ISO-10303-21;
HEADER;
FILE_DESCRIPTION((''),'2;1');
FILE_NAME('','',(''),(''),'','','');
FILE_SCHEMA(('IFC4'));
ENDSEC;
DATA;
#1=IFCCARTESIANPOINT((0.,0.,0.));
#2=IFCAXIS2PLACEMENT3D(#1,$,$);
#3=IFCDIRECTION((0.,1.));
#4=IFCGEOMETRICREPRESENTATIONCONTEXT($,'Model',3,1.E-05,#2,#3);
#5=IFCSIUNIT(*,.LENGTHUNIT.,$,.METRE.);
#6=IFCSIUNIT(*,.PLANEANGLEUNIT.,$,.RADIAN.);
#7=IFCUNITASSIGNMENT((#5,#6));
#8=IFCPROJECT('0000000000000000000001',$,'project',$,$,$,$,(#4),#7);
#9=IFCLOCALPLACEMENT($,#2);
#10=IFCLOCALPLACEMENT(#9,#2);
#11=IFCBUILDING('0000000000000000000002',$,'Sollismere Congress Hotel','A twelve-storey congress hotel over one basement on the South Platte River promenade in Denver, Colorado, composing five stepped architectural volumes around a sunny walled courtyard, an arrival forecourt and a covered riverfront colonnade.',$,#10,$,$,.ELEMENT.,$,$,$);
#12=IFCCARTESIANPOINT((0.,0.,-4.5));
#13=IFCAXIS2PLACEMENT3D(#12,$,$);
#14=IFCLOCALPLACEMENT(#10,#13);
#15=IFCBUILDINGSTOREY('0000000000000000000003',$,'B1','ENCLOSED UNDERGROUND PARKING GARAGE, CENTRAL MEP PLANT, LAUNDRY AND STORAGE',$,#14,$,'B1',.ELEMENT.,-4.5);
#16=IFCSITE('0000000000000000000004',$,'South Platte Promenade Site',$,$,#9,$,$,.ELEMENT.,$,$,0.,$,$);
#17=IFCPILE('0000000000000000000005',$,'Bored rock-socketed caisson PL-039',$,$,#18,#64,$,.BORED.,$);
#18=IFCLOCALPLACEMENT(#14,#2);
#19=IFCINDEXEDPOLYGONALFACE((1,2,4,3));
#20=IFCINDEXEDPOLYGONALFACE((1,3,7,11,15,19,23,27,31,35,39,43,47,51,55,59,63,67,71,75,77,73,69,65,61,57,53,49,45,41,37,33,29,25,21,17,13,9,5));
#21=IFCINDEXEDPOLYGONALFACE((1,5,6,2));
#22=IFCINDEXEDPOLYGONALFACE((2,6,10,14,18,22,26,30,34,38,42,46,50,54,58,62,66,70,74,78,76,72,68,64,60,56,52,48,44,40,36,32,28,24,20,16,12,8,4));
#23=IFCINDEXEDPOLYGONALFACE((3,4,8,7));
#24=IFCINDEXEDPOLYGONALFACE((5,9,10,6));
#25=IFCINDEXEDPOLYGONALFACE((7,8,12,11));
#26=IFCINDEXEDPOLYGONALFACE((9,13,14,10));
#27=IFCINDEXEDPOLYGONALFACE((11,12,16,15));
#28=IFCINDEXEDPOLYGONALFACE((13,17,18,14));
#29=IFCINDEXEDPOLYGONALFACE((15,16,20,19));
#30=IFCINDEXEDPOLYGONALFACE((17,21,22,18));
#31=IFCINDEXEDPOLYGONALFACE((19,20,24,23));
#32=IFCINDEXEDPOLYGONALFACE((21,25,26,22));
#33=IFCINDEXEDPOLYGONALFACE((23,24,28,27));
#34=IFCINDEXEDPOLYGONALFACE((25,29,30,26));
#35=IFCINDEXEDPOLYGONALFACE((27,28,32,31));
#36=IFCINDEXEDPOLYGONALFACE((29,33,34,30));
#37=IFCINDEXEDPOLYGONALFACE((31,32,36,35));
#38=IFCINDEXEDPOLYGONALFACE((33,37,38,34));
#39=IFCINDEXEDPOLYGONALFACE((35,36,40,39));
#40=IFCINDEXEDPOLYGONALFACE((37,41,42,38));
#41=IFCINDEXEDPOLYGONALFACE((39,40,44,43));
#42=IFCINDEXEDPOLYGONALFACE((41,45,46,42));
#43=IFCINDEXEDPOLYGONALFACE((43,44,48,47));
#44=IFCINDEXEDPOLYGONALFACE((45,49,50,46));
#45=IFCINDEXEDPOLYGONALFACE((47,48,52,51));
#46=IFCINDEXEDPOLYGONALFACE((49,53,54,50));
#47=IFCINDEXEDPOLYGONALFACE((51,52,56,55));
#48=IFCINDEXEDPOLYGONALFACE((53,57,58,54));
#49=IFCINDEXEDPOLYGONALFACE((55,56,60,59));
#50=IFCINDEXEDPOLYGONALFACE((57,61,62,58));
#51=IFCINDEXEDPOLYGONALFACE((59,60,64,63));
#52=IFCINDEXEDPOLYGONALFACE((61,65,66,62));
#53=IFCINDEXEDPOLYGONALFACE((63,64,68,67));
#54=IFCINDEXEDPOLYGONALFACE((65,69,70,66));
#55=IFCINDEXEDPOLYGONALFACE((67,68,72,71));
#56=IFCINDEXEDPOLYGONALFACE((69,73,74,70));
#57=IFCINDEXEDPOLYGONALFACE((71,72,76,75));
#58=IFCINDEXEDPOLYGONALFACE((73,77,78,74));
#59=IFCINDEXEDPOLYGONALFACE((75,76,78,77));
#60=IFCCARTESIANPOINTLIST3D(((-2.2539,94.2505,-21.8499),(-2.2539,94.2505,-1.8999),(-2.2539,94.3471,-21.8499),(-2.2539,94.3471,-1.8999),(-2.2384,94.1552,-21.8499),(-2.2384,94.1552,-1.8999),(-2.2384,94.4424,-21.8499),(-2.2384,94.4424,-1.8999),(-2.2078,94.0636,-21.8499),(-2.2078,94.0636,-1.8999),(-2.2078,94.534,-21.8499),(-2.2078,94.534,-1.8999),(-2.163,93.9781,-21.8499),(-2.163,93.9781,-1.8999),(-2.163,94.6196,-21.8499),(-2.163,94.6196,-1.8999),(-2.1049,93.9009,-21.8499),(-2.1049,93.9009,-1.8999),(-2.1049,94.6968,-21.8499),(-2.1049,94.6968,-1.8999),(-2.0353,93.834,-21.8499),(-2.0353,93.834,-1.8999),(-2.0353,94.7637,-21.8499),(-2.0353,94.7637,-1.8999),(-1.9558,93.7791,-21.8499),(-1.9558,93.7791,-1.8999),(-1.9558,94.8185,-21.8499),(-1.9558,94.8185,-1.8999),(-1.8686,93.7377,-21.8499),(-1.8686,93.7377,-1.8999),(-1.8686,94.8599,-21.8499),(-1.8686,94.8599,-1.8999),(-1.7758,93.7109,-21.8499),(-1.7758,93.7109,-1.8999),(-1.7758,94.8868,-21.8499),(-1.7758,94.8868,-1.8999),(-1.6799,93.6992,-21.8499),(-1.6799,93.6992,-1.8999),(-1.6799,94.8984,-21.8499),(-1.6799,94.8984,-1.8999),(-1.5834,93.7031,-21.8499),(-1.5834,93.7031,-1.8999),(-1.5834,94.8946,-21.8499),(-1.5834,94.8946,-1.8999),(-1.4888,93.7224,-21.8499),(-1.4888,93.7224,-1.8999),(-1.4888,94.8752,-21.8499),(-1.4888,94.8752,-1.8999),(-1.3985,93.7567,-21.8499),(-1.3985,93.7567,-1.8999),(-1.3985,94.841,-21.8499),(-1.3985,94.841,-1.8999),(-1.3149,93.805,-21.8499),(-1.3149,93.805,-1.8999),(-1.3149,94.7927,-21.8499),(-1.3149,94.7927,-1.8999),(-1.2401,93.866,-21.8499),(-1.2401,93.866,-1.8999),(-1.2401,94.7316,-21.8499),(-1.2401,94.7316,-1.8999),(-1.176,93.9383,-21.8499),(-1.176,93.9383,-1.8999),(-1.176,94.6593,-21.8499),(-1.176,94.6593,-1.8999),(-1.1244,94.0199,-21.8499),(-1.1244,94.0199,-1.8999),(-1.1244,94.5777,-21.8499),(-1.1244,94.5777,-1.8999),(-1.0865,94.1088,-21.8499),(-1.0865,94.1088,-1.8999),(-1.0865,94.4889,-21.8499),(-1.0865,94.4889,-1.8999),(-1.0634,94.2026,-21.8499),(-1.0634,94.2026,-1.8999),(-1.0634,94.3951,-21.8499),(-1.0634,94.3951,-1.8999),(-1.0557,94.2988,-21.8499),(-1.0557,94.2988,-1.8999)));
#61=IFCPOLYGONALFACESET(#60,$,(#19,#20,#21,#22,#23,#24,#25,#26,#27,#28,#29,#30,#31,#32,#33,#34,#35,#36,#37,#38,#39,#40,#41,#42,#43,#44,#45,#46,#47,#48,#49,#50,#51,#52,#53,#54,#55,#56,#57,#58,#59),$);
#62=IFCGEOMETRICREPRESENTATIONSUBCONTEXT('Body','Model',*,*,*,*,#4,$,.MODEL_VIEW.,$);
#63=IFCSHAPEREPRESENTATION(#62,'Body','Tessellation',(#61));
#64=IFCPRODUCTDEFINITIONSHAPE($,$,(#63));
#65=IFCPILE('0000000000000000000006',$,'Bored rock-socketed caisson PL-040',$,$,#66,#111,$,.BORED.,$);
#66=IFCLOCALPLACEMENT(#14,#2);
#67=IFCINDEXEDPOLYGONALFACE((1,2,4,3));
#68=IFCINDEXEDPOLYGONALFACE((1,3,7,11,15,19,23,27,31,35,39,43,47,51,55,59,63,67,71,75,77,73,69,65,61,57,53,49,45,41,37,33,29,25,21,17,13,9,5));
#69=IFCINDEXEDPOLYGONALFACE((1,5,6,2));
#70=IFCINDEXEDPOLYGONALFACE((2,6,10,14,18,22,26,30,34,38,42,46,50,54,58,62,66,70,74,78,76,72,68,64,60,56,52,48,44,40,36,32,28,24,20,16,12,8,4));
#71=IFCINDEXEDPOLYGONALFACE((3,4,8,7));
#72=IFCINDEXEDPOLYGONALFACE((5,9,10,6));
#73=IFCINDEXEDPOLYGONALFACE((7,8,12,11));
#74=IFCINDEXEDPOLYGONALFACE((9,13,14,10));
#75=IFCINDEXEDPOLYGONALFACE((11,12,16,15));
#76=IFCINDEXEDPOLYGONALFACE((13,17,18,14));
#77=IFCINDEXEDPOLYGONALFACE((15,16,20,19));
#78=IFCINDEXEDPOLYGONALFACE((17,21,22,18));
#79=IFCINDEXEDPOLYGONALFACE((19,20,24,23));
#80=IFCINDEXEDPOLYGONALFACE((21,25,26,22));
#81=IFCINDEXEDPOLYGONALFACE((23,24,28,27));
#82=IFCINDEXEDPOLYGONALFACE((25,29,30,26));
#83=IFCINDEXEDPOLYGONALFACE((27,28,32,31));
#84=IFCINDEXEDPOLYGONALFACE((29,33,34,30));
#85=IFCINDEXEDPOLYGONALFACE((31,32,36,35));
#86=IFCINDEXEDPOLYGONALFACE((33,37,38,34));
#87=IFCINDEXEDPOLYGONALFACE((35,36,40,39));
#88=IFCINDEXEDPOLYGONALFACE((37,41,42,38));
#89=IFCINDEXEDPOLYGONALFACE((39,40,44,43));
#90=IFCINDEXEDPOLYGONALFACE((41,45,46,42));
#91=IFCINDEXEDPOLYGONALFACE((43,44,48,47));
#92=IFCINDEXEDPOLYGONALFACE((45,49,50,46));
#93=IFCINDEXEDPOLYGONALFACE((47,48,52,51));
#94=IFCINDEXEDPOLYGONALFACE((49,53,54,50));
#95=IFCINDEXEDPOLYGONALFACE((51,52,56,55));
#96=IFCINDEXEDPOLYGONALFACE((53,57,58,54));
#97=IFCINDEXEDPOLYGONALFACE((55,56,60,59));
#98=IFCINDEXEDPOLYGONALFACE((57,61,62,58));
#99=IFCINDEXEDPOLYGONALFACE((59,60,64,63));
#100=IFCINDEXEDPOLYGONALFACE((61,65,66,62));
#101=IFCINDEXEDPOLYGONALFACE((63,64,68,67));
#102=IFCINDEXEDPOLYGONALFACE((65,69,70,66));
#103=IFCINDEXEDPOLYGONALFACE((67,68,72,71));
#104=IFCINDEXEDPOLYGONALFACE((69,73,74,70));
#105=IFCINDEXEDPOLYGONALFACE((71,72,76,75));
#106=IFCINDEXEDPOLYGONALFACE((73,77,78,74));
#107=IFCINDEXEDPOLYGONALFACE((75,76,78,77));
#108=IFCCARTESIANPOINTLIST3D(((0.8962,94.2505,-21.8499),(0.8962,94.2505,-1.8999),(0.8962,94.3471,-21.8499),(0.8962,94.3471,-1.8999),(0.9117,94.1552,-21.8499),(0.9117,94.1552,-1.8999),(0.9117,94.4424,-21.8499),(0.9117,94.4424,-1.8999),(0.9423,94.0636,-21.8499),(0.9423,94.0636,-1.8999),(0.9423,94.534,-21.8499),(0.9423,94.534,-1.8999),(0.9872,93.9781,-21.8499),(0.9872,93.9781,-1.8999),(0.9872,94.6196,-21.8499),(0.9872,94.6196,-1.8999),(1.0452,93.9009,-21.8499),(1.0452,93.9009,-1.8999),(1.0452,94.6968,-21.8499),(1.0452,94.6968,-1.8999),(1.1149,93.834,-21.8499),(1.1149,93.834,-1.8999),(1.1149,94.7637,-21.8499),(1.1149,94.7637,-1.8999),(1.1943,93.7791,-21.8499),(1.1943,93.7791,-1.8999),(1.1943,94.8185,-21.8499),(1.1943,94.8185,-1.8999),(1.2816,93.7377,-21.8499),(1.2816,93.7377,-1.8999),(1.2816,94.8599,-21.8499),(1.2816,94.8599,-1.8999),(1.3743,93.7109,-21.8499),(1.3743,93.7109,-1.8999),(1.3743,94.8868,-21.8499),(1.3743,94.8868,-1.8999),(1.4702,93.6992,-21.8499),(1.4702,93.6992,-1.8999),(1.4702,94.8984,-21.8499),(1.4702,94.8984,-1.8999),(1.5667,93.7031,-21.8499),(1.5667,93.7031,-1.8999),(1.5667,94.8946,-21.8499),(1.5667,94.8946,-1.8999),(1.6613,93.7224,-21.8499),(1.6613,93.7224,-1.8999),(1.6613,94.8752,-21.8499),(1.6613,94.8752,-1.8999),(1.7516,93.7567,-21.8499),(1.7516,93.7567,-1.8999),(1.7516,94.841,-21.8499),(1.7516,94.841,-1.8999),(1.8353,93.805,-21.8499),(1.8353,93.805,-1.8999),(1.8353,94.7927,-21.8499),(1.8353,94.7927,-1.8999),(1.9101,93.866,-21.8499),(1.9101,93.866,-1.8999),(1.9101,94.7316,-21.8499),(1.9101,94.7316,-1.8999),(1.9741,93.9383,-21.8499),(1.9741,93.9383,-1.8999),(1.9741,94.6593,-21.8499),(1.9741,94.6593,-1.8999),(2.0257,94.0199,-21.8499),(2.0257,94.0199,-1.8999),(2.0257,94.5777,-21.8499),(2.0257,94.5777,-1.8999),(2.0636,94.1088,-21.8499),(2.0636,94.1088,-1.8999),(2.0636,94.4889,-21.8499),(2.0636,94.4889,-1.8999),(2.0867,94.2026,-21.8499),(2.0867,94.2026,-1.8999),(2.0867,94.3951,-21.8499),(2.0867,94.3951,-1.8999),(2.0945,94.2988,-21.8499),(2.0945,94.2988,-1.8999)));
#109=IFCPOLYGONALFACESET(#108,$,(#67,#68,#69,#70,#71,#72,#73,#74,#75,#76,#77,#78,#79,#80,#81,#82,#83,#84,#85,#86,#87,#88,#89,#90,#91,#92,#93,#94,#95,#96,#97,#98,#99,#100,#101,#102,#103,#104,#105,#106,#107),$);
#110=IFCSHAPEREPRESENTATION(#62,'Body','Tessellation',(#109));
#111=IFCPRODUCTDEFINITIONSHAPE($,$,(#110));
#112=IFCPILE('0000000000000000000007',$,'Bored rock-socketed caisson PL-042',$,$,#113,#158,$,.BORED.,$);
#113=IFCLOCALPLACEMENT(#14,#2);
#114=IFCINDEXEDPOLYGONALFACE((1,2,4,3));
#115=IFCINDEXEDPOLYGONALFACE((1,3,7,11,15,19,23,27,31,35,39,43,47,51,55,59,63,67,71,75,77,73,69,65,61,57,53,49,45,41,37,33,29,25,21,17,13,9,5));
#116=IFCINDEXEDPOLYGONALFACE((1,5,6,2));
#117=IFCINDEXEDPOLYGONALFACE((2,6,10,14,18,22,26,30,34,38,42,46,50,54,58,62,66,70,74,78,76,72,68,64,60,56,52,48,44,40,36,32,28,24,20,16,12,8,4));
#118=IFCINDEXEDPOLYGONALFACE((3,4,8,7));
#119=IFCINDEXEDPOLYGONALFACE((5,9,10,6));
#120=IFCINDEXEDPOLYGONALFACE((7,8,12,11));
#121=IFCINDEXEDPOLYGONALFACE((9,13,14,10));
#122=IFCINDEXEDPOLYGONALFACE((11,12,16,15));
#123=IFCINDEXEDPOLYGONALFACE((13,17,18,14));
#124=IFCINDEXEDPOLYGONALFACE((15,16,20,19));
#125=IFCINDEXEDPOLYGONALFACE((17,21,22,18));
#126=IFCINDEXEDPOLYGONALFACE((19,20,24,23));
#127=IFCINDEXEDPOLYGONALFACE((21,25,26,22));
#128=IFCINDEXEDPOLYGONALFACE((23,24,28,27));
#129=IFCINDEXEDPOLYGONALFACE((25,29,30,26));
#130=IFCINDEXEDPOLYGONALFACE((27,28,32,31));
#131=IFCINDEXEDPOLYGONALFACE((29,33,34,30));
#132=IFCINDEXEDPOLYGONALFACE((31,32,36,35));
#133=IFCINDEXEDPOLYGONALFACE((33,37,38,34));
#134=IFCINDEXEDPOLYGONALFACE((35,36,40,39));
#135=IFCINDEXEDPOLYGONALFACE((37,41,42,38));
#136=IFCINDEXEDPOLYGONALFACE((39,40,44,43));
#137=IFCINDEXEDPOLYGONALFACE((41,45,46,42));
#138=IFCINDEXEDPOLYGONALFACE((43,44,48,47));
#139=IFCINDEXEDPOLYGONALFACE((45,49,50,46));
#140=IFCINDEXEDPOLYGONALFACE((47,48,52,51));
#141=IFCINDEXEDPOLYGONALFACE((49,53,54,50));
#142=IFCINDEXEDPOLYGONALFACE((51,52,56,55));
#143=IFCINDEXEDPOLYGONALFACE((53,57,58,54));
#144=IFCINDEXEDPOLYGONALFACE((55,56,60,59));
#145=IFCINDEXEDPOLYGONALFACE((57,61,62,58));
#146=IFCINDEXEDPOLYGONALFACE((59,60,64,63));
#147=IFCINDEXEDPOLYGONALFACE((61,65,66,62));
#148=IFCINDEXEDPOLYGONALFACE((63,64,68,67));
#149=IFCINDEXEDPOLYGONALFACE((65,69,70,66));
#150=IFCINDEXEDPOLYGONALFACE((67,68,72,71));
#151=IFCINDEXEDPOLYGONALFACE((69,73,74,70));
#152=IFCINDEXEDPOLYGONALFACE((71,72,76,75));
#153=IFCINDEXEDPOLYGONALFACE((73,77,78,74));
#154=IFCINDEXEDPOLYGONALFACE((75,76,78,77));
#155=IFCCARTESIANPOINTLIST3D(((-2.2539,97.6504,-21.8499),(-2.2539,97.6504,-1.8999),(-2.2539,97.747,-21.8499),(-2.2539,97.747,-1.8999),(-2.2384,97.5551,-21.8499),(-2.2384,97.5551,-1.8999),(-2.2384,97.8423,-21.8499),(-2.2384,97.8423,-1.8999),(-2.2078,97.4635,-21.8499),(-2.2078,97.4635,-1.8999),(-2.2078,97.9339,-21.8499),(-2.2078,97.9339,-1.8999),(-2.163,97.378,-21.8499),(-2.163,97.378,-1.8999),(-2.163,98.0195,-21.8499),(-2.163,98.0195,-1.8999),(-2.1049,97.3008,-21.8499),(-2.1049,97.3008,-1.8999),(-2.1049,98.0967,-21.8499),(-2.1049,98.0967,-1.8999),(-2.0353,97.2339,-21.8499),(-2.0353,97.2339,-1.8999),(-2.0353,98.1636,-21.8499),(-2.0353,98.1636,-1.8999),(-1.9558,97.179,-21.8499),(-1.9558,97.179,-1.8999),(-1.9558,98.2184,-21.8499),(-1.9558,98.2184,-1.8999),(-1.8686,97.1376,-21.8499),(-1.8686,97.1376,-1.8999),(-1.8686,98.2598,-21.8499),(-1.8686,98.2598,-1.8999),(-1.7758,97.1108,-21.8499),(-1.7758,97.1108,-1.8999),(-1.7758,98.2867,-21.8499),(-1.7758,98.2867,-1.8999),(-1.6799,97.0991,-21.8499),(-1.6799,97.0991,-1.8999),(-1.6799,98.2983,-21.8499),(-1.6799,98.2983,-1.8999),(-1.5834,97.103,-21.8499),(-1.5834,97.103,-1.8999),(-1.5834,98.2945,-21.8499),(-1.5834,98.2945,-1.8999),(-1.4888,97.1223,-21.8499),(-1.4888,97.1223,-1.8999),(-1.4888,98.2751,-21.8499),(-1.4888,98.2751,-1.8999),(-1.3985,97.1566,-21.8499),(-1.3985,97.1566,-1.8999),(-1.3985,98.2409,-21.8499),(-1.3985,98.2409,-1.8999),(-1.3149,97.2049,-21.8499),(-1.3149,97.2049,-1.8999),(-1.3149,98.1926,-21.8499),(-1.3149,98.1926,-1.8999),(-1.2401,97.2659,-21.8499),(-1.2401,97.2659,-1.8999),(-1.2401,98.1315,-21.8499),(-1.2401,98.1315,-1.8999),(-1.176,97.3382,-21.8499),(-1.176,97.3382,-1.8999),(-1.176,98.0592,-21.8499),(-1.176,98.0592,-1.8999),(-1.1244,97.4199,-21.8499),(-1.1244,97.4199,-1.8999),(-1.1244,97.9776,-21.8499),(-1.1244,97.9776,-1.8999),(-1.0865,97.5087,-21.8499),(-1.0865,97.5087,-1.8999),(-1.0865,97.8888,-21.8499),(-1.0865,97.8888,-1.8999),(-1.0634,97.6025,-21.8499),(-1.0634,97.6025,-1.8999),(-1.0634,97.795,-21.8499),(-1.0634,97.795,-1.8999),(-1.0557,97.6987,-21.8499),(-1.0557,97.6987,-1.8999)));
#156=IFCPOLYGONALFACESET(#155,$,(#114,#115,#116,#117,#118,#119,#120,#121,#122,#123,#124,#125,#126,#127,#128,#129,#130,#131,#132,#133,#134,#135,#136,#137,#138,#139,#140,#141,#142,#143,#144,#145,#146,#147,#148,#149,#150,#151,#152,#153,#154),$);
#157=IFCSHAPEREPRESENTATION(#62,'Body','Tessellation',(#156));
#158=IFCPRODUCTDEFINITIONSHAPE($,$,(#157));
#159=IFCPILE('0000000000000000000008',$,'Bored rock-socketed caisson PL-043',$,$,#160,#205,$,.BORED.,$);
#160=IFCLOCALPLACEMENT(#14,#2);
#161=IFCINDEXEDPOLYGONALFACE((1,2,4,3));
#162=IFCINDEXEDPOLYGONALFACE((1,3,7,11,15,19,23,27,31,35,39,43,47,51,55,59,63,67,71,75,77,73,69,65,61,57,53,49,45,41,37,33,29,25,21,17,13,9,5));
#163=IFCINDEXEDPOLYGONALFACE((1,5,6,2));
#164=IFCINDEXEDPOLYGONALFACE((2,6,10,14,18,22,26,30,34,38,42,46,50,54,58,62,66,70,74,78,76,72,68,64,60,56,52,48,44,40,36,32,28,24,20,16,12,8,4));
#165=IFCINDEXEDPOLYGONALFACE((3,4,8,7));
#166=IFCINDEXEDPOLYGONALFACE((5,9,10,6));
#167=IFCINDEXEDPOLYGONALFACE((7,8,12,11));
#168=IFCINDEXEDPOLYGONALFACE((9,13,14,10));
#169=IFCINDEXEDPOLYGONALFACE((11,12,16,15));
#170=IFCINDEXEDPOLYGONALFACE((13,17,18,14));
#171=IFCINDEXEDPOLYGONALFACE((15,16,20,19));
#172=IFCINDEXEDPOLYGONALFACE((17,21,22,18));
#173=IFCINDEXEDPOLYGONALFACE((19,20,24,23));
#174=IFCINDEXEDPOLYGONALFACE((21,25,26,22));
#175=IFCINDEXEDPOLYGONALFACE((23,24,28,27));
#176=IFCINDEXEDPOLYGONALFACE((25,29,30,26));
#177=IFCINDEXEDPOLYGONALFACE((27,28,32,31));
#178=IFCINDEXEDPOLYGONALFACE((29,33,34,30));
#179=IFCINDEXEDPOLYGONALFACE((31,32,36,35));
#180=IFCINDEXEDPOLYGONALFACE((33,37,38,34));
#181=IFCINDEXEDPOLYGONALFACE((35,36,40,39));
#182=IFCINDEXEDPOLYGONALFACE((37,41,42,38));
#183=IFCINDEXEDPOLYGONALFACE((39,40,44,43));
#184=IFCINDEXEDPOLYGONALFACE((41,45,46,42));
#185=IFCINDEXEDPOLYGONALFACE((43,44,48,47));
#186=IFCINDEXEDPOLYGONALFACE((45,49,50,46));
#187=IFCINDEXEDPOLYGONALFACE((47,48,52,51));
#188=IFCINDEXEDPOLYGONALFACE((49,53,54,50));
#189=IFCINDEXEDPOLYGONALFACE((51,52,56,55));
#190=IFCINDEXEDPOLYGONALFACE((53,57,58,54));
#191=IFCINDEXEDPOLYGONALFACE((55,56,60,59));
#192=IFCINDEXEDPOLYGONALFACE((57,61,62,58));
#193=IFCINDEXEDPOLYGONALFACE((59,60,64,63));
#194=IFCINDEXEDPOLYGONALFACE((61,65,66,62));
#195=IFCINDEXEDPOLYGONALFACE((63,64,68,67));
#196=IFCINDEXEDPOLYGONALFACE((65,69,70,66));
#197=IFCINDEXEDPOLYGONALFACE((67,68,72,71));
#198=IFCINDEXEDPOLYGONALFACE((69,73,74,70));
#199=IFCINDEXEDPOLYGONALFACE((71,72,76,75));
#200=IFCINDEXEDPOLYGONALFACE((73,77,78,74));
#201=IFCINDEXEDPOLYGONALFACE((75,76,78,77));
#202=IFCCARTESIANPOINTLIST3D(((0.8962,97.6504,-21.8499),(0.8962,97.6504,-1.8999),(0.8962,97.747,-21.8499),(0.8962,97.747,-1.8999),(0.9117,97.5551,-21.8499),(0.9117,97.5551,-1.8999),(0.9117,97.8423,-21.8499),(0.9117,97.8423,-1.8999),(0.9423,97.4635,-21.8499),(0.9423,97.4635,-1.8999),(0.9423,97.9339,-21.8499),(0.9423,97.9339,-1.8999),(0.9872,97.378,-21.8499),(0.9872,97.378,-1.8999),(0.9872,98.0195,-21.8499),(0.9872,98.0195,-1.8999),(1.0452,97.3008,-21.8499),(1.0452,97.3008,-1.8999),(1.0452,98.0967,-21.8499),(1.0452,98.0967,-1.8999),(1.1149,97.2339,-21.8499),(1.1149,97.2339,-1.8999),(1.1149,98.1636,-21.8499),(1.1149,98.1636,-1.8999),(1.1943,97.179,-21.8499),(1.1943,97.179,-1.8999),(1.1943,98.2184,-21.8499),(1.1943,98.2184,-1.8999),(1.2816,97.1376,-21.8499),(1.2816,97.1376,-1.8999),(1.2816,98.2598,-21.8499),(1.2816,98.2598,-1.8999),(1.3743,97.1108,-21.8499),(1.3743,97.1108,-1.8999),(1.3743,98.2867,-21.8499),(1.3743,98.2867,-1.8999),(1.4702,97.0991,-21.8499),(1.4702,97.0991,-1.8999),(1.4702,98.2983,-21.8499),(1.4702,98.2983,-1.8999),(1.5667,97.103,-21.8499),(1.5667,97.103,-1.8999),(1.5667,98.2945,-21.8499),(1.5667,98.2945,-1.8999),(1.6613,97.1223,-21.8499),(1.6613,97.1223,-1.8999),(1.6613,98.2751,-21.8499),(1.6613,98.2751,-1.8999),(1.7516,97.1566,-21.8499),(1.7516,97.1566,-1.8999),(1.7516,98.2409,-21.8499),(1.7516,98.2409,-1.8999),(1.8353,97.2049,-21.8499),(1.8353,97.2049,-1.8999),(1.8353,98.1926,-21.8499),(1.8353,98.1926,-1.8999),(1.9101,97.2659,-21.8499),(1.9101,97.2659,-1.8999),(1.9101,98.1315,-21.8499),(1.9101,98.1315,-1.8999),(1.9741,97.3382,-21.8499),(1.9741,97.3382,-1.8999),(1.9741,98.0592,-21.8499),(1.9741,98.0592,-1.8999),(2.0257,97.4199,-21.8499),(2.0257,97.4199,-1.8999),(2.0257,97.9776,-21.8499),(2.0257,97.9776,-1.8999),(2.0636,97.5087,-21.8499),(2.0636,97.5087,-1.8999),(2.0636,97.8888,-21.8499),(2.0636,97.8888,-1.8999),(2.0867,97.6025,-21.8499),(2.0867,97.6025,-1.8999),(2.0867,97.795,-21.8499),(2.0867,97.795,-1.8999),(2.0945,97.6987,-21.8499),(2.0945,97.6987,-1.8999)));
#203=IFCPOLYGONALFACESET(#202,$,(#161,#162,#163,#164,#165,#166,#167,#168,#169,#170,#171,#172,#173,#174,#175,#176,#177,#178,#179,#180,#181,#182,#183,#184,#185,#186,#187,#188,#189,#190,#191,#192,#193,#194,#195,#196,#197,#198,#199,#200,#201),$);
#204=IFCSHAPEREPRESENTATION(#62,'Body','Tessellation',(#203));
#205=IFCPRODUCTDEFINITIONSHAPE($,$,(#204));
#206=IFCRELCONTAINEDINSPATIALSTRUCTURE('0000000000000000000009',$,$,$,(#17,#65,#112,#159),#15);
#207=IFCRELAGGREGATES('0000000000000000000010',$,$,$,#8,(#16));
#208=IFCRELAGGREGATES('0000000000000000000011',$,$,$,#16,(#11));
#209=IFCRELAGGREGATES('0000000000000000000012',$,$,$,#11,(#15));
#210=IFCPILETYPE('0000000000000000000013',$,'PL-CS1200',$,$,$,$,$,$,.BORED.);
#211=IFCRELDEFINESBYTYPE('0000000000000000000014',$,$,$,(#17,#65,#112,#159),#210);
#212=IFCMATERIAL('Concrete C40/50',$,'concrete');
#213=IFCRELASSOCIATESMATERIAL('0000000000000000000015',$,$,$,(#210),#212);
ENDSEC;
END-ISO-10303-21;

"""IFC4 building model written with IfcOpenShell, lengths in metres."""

from ifc_helpers import new_model, si_unit, direction, frame, origin, origin_2d, place, context, subcontext, project, spatial, circle, extrude, material, material_profile, profile_set, type_object, element, save


model = new_model("IFC4")

# Units and contexts
model_context = context("Model", 3, precision=1e-05, world=origin(), true_north=direction((0.0, 1.0)))
body_context = subcontext(model_context, "Body", "Model", "MODEL_VIEW")
ifc_project = project(units=[si_unit("LENGTHUNIT", "METRE"), si_unit("PLANEANGLEUNIT", "RADIAN")], contexts=[model_context])

# Site, building, storey
site_placement = place(None, origin())
site = spatial("IfcSite", under=ifc_project, at=site_placement, Name="South Platte Promenade Site", CompositionType="ELEMENT", RefElevation=0.0)
building_placement = place(site_placement, origin())
building = spatial("IfcBuilding", under=site, at=building_placement, Name="Sollismere Congress Hotel", Description="A twelve-storey congress hotel over one basement on the South Platte River promenade in Denver, Colorado, composing five stepped architectural volumes around a sunny walled courtyard, an arrival forecourt and a covered riverfront colonnade.", CompositionType="ELEMENT")
storey_placement = place(building_placement, frame((0.0, 0.0, -4.5)))
storey = spatial("IfcBuildingStorey", under=building, at=storey_placement, Name="B1", Description="ENCLOSED UNDERGROUND PARKING GARAGE, CENTRAL MEP PLANT, LAUNDRY AND STORAGE", LongName="B1", CompositionType="ELEMENT", Elevation=-4.5)

# Shared definitions
ifc_material_1 = material(Name="Concrete C40/50", Category="concrete")

# Piles
ifc_material_profile_1 = material_profile(ifc_material_1, circle(Radius=0.6001, at=origin_2d()), Name="CAISSON1200")
ifc_profile_set_1 = profile_set([ifc_material_profile_1], Name="Concrete C40/50")
pile_type = type_object("IfcPileType", Name="PL-CS1200", PredefinedType="BORED", material=ifc_profile_set_1)
for number, where, z_axis, x_axis, name in (
    (1, (-1.6558, 94.2988, -1.8999), (0.0, 0.0, -1.0), (1.0, 0.0, 0.0), "Bored rock-socketed caisson PL-039"),
    (2, (1.4944, 94.2988, -1.8999), (0.0, 0.0, -1.0), (1.0, 0.0, 0.0), "Bored rock-socketed caisson PL-040"),
    (3, (-1.6558, 97.6987, -1.8999), (0.0, 0.0, -1.0), (1.0, 0.0, 0.0), "Bored rock-socketed caisson PL-042"),
    (4, (1.4944, 97.6987, -1.8999), (0.0, 0.0, -1.0), (1.0, 0.0, 0.0), "Bored rock-socketed caisson PL-043"),
):
    element("IfcPile", number, at=place(storey_placement, frame(where, z_axis=z_axis, x_axis=x_axis)), inside=storey, type_object=pile_type, Name=name, PredefinedType="BORED", context=body_context, shape_type="SweptSolid", body=[
        extrude(circle(Radius=0.6001, at=origin_2d()), origin(), (0.0, 0.0, 1.0), 19.95),
    ])

save(model, "model.ifc")
